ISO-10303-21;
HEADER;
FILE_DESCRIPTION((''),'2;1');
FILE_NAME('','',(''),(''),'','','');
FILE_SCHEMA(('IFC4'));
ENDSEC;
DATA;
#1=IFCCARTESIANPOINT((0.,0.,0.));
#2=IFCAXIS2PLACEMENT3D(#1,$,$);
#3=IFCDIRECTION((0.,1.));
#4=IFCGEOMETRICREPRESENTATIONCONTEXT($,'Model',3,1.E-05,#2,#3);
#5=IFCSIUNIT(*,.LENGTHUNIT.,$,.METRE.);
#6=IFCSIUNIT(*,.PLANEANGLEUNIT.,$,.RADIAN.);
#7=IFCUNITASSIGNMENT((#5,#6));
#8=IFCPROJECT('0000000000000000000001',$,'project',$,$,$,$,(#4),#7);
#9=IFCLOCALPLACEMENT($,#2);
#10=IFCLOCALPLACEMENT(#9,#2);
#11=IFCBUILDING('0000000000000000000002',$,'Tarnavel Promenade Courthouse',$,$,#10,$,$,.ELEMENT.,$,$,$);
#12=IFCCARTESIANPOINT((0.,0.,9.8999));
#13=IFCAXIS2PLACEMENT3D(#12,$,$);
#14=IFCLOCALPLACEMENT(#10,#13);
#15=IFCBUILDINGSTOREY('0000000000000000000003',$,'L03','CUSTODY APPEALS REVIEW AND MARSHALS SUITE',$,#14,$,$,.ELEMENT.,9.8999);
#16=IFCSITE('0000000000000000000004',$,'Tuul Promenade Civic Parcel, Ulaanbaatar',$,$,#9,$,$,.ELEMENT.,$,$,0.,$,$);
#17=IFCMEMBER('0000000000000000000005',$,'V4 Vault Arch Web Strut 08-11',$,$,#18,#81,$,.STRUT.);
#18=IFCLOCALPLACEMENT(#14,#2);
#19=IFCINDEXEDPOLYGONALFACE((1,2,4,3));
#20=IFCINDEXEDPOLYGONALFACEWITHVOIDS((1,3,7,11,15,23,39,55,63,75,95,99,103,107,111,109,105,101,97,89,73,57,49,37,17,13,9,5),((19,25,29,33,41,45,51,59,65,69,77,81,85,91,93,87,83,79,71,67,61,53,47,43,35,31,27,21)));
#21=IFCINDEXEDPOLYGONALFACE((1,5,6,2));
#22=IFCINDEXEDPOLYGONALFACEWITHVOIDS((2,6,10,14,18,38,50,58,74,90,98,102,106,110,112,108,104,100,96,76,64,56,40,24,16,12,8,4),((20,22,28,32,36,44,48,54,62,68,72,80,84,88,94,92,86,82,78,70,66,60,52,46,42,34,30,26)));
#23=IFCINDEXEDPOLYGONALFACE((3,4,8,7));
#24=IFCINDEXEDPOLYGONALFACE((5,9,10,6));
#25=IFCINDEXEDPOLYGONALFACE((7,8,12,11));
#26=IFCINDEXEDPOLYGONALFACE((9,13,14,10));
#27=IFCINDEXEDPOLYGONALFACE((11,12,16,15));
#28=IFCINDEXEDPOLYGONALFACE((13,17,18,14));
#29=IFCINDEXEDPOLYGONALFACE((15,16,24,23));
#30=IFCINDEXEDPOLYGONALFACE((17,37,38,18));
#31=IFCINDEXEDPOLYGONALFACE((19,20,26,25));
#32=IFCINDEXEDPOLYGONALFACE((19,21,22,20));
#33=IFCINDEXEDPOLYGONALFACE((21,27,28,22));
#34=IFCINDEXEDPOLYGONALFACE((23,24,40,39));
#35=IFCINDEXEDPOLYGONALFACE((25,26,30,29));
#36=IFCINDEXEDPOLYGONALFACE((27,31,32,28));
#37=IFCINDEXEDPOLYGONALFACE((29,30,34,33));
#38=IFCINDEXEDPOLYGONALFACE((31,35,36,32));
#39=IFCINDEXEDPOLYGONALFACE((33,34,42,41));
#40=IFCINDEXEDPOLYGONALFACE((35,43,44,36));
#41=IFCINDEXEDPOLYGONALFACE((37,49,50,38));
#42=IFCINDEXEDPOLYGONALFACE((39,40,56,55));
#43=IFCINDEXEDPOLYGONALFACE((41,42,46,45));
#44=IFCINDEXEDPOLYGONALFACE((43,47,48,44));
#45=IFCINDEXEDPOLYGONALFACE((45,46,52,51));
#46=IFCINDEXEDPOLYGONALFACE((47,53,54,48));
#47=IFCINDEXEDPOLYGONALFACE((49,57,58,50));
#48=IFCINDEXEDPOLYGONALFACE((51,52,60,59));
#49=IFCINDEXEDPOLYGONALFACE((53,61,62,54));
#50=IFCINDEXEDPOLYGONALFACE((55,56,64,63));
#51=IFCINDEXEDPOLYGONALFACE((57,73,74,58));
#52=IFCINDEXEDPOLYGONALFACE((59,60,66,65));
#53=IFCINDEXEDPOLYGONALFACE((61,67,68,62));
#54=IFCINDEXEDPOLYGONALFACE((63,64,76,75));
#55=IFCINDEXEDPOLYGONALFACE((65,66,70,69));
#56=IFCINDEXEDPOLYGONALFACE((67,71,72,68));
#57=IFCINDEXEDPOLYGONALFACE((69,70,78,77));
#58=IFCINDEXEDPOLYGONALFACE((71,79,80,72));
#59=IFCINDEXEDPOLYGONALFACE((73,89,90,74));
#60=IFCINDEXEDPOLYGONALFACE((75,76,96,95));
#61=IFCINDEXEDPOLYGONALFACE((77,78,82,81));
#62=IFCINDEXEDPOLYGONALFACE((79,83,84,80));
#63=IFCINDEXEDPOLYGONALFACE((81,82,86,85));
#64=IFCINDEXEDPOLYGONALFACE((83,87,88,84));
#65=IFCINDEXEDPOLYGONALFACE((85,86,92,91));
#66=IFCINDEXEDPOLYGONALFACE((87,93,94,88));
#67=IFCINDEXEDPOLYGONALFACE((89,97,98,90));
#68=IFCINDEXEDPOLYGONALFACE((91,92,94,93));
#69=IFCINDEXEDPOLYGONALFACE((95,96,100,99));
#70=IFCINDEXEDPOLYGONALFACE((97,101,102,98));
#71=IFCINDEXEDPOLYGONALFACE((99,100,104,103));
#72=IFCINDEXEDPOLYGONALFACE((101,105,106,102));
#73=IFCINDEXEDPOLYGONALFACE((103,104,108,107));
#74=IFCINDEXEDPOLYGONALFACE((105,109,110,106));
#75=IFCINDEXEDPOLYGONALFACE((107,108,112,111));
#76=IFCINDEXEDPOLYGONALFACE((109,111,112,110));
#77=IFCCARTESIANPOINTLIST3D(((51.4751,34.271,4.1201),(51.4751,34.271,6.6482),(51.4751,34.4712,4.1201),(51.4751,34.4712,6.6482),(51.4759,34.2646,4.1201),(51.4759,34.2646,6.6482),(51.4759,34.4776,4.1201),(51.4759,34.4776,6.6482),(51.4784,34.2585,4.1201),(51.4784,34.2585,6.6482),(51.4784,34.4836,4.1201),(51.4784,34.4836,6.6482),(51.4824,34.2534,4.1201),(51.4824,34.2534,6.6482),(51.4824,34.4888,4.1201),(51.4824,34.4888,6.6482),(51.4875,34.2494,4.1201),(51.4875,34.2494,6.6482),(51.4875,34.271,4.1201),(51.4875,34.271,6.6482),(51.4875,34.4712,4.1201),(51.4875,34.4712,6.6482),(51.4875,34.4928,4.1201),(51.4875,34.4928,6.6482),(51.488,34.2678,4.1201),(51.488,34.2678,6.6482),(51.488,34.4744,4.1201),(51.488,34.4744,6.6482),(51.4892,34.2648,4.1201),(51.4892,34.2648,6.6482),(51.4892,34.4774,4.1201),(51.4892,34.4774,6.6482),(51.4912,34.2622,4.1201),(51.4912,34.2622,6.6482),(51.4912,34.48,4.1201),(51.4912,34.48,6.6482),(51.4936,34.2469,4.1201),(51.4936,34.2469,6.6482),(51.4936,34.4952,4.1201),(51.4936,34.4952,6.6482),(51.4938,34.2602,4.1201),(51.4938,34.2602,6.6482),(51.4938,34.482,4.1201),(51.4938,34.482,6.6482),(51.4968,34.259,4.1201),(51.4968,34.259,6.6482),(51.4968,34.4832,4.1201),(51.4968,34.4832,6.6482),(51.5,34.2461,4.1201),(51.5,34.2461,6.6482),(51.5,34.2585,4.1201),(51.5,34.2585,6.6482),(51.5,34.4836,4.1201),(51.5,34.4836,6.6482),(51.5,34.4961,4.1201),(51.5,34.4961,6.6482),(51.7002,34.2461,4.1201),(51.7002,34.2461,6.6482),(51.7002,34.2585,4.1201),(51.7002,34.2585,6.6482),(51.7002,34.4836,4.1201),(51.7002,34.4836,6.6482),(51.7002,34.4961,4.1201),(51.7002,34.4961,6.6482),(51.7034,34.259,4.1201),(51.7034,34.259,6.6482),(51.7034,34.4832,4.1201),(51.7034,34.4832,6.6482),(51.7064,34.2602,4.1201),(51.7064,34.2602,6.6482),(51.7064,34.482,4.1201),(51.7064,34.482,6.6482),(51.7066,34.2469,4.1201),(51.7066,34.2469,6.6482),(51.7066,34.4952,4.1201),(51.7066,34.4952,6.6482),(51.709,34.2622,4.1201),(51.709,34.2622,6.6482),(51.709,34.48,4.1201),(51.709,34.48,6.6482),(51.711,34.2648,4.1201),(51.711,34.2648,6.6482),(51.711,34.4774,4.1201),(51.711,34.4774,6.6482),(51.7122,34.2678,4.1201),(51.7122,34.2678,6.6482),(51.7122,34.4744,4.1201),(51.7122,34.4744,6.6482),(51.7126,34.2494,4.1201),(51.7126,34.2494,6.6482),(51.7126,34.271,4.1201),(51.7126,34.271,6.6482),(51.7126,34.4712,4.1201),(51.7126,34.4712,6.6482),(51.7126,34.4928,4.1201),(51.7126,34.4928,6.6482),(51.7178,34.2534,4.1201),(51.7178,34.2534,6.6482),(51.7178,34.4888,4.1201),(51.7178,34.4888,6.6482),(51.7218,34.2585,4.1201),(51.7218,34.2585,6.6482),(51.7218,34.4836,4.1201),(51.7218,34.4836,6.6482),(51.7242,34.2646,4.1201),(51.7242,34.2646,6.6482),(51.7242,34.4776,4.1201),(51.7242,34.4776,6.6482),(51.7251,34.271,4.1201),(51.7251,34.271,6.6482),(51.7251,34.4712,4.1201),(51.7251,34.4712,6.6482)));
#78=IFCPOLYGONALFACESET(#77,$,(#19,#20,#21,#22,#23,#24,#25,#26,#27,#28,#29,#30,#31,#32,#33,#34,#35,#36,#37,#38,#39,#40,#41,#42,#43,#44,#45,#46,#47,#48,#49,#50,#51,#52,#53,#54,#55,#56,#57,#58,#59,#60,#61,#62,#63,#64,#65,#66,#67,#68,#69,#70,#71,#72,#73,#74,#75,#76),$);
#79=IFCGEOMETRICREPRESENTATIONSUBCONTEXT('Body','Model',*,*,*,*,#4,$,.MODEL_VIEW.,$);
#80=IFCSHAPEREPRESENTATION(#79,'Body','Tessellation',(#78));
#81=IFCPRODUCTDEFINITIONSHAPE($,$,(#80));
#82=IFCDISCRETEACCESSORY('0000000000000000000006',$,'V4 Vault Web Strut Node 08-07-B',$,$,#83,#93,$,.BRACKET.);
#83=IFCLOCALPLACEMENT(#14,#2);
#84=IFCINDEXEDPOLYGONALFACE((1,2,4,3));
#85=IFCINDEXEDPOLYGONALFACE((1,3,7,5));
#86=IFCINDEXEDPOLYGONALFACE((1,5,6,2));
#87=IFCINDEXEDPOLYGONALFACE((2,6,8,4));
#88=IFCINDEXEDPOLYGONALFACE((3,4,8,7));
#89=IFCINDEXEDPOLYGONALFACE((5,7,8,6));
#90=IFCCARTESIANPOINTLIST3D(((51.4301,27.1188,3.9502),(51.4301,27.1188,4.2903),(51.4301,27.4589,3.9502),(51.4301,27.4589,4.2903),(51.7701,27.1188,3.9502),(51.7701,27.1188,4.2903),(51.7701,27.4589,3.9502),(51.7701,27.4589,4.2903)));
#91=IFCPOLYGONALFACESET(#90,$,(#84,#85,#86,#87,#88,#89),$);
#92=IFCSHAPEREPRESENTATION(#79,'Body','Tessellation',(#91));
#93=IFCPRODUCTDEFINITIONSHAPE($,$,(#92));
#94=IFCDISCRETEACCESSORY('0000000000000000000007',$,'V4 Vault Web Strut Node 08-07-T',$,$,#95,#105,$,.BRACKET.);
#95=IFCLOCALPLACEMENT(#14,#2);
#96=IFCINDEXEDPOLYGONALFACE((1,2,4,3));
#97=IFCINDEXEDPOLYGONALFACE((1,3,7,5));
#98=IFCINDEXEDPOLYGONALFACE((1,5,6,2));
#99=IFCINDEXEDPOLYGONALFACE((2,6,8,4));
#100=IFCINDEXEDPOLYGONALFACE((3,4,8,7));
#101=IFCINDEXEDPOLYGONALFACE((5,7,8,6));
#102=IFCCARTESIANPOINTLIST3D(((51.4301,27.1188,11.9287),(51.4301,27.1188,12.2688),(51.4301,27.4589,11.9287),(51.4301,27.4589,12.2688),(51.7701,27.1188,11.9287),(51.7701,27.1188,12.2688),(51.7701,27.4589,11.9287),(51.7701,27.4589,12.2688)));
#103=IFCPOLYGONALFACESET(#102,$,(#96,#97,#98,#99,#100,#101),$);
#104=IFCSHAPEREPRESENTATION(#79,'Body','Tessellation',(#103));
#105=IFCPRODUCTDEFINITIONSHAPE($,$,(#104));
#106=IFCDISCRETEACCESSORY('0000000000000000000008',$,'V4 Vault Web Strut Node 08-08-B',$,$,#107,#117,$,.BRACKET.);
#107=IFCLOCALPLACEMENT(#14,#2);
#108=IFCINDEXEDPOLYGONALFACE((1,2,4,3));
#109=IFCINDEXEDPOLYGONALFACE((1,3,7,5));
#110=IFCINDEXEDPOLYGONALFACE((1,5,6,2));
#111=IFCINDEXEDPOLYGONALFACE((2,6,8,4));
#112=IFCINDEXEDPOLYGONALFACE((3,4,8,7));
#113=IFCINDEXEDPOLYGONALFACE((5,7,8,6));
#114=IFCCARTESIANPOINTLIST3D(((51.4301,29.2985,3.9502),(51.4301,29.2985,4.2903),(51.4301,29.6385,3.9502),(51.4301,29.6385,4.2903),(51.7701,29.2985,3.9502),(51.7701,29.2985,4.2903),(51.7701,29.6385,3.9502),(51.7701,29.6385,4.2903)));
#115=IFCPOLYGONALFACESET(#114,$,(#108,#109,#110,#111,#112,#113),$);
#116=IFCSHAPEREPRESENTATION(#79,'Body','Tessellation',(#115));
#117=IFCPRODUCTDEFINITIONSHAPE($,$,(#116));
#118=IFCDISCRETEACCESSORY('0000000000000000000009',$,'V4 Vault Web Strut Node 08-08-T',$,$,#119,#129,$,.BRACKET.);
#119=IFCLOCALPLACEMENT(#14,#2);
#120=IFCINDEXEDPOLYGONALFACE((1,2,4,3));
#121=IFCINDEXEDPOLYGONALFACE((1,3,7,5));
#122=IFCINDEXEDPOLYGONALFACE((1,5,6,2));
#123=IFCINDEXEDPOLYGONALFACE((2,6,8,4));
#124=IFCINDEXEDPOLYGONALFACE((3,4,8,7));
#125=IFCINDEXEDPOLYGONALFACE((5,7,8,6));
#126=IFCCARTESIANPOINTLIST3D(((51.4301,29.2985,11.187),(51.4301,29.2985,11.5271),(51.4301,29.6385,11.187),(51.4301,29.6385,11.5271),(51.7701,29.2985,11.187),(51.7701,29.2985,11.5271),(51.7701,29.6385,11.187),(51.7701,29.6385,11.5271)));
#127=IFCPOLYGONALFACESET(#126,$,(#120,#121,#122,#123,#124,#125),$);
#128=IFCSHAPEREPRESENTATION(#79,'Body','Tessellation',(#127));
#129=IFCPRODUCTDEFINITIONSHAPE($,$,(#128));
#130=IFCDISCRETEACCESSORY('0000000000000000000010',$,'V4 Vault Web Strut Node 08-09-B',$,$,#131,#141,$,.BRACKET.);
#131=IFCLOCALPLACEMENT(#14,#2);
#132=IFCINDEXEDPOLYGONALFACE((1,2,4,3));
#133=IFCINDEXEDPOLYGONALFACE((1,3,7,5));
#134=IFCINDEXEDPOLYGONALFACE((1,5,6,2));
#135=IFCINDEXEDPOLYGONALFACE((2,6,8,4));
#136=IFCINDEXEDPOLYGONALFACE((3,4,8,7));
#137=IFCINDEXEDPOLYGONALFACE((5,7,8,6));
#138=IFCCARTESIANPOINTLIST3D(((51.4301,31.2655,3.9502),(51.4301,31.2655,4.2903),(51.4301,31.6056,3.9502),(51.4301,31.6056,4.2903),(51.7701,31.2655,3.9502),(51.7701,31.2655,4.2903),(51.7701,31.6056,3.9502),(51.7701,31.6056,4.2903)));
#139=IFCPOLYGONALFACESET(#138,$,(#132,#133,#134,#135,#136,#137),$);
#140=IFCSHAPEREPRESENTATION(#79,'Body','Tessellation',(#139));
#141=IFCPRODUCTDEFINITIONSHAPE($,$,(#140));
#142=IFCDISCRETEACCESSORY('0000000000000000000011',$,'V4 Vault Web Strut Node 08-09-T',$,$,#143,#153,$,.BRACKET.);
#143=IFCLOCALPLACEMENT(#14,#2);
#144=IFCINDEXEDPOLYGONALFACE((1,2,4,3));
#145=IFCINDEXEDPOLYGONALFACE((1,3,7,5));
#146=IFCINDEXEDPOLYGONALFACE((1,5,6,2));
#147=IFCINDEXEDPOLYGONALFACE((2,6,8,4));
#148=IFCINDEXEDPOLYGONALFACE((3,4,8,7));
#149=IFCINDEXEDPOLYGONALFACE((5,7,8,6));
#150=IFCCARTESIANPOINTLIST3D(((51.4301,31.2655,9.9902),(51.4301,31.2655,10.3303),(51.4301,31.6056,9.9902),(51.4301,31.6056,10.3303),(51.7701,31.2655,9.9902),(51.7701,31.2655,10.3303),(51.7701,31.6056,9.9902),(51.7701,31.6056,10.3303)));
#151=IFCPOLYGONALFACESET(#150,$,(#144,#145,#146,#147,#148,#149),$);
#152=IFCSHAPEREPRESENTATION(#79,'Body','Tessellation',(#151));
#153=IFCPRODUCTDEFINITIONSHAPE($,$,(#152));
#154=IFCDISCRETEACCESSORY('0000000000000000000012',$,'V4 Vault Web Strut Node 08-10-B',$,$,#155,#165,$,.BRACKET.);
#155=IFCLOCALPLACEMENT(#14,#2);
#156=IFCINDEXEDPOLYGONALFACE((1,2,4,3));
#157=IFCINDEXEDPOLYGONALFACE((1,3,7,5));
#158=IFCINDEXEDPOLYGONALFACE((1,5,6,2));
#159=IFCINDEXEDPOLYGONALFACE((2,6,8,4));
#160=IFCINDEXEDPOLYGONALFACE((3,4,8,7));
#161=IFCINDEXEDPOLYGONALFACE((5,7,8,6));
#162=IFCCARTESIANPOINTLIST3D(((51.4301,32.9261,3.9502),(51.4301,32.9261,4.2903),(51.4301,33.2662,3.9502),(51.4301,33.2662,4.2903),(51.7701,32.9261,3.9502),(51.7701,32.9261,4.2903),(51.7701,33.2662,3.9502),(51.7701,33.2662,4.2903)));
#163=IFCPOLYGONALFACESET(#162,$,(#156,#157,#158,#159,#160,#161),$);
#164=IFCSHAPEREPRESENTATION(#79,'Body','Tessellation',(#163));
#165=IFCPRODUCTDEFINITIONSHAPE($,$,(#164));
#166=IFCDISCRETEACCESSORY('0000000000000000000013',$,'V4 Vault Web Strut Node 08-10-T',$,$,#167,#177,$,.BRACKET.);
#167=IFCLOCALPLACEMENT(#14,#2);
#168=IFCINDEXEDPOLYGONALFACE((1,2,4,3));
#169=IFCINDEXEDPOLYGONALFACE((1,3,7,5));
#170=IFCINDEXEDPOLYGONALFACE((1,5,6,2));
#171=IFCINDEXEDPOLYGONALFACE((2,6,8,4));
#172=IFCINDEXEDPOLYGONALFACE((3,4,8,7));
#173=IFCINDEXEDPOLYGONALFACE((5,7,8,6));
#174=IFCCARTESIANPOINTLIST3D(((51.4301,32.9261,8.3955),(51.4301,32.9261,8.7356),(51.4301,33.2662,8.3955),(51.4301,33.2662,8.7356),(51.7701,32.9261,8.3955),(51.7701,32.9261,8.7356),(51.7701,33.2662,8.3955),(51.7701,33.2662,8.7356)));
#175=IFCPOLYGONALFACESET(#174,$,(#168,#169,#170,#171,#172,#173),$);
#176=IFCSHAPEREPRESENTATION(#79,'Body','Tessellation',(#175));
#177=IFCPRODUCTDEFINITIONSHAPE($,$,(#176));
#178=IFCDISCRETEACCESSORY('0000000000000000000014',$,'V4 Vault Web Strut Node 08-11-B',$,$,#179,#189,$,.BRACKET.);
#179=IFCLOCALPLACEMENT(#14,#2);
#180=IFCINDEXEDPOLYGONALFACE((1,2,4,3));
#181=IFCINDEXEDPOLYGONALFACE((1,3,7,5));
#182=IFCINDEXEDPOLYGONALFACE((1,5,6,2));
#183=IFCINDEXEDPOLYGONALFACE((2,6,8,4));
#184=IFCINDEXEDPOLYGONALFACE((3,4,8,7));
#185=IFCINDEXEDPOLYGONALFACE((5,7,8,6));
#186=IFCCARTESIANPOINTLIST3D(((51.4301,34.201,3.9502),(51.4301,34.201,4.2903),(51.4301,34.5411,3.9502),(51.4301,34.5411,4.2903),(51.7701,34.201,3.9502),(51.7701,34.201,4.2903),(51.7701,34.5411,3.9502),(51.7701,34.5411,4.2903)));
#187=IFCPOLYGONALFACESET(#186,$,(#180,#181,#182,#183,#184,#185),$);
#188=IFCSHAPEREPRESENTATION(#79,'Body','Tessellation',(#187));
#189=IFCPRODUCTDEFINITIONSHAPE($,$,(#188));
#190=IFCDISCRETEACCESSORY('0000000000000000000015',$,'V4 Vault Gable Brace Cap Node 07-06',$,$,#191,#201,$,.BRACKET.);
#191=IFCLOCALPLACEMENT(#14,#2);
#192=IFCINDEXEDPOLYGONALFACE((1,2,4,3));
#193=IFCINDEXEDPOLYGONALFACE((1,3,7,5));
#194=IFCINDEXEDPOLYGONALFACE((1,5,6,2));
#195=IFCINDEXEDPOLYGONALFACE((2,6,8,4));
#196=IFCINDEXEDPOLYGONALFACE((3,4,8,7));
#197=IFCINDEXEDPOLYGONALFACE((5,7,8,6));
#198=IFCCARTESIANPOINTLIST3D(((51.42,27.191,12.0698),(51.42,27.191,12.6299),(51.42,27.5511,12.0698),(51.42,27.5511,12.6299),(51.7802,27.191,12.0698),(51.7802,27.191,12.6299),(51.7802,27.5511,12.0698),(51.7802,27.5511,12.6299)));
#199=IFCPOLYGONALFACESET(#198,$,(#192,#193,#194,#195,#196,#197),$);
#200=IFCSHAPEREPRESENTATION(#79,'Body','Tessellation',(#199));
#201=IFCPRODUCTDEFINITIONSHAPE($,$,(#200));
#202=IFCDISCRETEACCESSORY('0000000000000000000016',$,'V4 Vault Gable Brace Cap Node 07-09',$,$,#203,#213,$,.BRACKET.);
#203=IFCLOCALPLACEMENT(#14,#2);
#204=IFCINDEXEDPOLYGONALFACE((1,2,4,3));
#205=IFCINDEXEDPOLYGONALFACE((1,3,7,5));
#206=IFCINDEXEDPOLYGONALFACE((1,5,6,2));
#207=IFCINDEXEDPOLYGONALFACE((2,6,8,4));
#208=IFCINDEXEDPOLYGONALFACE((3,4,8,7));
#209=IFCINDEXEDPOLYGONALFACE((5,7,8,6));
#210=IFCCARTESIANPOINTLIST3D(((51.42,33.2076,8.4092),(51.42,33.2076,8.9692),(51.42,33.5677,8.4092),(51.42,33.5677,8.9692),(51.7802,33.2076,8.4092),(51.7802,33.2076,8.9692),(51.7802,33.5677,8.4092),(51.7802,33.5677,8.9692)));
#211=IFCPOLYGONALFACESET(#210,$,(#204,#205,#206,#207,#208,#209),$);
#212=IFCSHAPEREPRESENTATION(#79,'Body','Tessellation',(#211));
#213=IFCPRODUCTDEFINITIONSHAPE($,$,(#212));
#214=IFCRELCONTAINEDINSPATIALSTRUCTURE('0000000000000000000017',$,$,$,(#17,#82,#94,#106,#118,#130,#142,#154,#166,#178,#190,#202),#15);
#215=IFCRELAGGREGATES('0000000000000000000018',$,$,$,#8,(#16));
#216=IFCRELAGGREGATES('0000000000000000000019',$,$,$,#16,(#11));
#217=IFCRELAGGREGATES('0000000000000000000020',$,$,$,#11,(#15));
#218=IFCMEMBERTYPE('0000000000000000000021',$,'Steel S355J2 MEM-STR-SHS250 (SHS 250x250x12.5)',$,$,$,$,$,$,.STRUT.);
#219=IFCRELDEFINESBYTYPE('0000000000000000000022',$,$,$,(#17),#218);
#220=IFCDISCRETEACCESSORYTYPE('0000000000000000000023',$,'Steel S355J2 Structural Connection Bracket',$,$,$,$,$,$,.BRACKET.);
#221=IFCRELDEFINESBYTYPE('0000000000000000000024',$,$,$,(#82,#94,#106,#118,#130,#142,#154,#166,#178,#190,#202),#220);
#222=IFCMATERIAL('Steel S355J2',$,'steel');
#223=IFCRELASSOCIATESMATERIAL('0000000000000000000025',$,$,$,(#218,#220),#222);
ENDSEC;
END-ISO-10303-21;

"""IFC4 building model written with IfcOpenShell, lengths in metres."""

from ifc_helpers import new_model, si_unit, direction, frame, origin, origin_2d, place, context, subcontext, project, spatial, rectangle, hollow_rectangle, extrude, material, material_profile, profile_set, type_object, element, save


model = new_model("IFC4")

# Units and contexts
model_context = context("Model", 3, precision=1e-05, world=origin(), true_north=direction((0.0, 1.0)))
body_context = subcontext(model_context, "Body", "Model", "MODEL_VIEW")
ifc_project = project(units=[si_unit("LENGTHUNIT", "METRE"), si_unit("PLANEANGLEUNIT", "RADIAN")], contexts=[model_context])

# Site, building, storey
site_placement = place(None, origin())
site = spatial("IfcSite", under=ifc_project, at=site_placement, Name="Tuul Promenade Civic Parcel, Ulaanbaatar", CompositionType="ELEMENT", RefElevation=0.0)
building_placement = place(site_placement, origin())
building = spatial("IfcBuilding", under=site, at=building_placement, Name="Tarnavel Promenade Courthouse", CompositionType="ELEMENT")
storey_placement = place(building_placement, frame((0.0, 0.0, 9.8999)))
storey = spatial("IfcBuildingStorey", under=building, at=storey_placement, Name="L03", Description="CUSTODY APPEALS REVIEW AND MARSHALS SUITE", CompositionType="ELEMENT", Elevation=9.8999)

# Shared definitions
ifc_material = material(Name="Steel S355J2", Category="steel")

# Member
ifc_material_profile_1 = material_profile(ifc_material, hollow_rectangle(XDim=0.25, YDim=0.25, WallThickness=0.0125, InnerFilletRadius=0.0125, OuterFilletRadius=0.0249, at=origin_2d()), Name="SHS 250x250x12.5")
ifc_profile_set_1 = profile_set([ifc_material_profile_1], Name="Steel S355J2")
member_type = type_object("IfcMemberType", Name="Steel S355J2 MEM-STR-SHS250 (SHS 250x250x12.5)", PredefinedType="STRUT", material=ifc_profile_set_1)
member_1_placement = place(storey_placement, frame((51.6001, 34.3711, 4.1201), z_axis=(0.0, 0.0, 1.0), x_axis=(1.0, 0.0, 0.0)))
element("IfcMember", 1, at=member_1_placement, inside=storey, type_object=member_type, Name="V4 Vault Arch Web Strut 08-11", PredefinedType="STRUT", context=body_context, shape_type="SweptSolid", body=[
    extrude(hollow_rectangle(XDim=0.25, YDim=0.25, WallThickness=0.0125, InnerFilletRadius=0.0125, OuterFilletRadius=0.0249, at=origin_2d()), origin(), (0.0, 0.0, 1.0), 2.5281),
])

# Discrete accessories
discrete_accessory_type = type_object("IfcDiscreteAccessoryType", Name="Steel S355J2 Structural Connection Bracket", PredefinedType="BRACKET", material=ifc_material)
for number, where, z_axis, x_axis, name in (
    (2, (51.6001, 27.2888, 3.9502), (0.0, 0.0, 1.0), (1.0, 0.0, 0.0), "V4 Vault Web Strut Node 08-07-B"),
    (3, (51.6001, 27.2888, 11.9287), (0.0, 0.0, 1.0), (1.0, 0.0, 0.0), "V4 Vault Web Strut Node 08-07-T"),
    (4, (51.6001, 29.4685, 3.9502), (0.0, 0.0, 1.0), (1.0, 0.0, 0.0), "V4 Vault Web Strut Node 08-08-B"),
    (5, (51.6001, 29.4685, 11.187), (0.0, 0.0, 1.0), (1.0, 0.0, 0.0), "V4 Vault Web Strut Node 08-08-T"),
    (6, (51.6001, 31.4355, 3.9502), (0.0, 0.0, 1.0), (1.0, 0.0, 0.0), "V4 Vault Web Strut Node 08-09-B"),
    (7, (51.6001, 31.4355, 9.9902), (0.0, 0.0, 1.0), (1.0, 0.0, 0.0), "V4 Vault Web Strut Node 08-09-T"),
    (8, (51.6001, 33.0962, 3.9502), (0.0, 0.0, 1.0), (1.0, 0.0, 0.0), "V4 Vault Web Strut Node 08-10-B"),
    (9, (51.6001, 33.0962, 8.3955), (0.0, 0.0, 1.0), (1.0, 0.0, 0.0), "V4 Vault Web Strut Node 08-10-T"),
    (10, (51.6001, 34.3711, 3.9502), (0.0, 0.0, 1.0), (1.0, 0.0, 0.0), "V4 Vault Web Strut Node 08-11-B"),
):
    element("IfcDiscreteAccessory", number, at=place(storey_placement, frame(where, z_axis=z_axis, x_axis=x_axis)), inside=storey, type_object=discrete_accessory_type, Name=name, PredefinedType="BRACKET", context=body_context, shape_type="SweptSolid", body=[
        extrude(rectangle(XDim=0.3401, YDim=0.3401, at=origin_2d()), origin(), (0.0, 0.0, 1.0), 0.3401),
    ])
for number, where, z_axis, x_axis, name in (
    (11, (51.6001, 27.3711, 12.0698), (0.0, 0.0, 1.0), (1.0, 0.0, 0.0), "V4 Vault Gable Brace Cap Node 07-06"),
    (12, (51.6001, 33.3877, 8.4092), (0.0, 0.0, 1.0), (1.0, 0.0, 0.0), "V4 Vault Gable Brace Cap Node 07-09"),
):
    element("IfcDiscreteAccessory", number, at=place(storey_placement, frame(where, z_axis=z_axis, x_axis=x_axis)), inside=storey, type_object=discrete_accessory_type, Name=name, PredefinedType="BRACKET", context=body_context, shape_type="SweptSolid", body=[
        extrude(rectangle(XDim=0.3601, YDim=0.3601, at=origin_2d()), origin(), (0.0, 0.0, 1.0), 0.5601),
    ])

save(model, "model.ifc")
